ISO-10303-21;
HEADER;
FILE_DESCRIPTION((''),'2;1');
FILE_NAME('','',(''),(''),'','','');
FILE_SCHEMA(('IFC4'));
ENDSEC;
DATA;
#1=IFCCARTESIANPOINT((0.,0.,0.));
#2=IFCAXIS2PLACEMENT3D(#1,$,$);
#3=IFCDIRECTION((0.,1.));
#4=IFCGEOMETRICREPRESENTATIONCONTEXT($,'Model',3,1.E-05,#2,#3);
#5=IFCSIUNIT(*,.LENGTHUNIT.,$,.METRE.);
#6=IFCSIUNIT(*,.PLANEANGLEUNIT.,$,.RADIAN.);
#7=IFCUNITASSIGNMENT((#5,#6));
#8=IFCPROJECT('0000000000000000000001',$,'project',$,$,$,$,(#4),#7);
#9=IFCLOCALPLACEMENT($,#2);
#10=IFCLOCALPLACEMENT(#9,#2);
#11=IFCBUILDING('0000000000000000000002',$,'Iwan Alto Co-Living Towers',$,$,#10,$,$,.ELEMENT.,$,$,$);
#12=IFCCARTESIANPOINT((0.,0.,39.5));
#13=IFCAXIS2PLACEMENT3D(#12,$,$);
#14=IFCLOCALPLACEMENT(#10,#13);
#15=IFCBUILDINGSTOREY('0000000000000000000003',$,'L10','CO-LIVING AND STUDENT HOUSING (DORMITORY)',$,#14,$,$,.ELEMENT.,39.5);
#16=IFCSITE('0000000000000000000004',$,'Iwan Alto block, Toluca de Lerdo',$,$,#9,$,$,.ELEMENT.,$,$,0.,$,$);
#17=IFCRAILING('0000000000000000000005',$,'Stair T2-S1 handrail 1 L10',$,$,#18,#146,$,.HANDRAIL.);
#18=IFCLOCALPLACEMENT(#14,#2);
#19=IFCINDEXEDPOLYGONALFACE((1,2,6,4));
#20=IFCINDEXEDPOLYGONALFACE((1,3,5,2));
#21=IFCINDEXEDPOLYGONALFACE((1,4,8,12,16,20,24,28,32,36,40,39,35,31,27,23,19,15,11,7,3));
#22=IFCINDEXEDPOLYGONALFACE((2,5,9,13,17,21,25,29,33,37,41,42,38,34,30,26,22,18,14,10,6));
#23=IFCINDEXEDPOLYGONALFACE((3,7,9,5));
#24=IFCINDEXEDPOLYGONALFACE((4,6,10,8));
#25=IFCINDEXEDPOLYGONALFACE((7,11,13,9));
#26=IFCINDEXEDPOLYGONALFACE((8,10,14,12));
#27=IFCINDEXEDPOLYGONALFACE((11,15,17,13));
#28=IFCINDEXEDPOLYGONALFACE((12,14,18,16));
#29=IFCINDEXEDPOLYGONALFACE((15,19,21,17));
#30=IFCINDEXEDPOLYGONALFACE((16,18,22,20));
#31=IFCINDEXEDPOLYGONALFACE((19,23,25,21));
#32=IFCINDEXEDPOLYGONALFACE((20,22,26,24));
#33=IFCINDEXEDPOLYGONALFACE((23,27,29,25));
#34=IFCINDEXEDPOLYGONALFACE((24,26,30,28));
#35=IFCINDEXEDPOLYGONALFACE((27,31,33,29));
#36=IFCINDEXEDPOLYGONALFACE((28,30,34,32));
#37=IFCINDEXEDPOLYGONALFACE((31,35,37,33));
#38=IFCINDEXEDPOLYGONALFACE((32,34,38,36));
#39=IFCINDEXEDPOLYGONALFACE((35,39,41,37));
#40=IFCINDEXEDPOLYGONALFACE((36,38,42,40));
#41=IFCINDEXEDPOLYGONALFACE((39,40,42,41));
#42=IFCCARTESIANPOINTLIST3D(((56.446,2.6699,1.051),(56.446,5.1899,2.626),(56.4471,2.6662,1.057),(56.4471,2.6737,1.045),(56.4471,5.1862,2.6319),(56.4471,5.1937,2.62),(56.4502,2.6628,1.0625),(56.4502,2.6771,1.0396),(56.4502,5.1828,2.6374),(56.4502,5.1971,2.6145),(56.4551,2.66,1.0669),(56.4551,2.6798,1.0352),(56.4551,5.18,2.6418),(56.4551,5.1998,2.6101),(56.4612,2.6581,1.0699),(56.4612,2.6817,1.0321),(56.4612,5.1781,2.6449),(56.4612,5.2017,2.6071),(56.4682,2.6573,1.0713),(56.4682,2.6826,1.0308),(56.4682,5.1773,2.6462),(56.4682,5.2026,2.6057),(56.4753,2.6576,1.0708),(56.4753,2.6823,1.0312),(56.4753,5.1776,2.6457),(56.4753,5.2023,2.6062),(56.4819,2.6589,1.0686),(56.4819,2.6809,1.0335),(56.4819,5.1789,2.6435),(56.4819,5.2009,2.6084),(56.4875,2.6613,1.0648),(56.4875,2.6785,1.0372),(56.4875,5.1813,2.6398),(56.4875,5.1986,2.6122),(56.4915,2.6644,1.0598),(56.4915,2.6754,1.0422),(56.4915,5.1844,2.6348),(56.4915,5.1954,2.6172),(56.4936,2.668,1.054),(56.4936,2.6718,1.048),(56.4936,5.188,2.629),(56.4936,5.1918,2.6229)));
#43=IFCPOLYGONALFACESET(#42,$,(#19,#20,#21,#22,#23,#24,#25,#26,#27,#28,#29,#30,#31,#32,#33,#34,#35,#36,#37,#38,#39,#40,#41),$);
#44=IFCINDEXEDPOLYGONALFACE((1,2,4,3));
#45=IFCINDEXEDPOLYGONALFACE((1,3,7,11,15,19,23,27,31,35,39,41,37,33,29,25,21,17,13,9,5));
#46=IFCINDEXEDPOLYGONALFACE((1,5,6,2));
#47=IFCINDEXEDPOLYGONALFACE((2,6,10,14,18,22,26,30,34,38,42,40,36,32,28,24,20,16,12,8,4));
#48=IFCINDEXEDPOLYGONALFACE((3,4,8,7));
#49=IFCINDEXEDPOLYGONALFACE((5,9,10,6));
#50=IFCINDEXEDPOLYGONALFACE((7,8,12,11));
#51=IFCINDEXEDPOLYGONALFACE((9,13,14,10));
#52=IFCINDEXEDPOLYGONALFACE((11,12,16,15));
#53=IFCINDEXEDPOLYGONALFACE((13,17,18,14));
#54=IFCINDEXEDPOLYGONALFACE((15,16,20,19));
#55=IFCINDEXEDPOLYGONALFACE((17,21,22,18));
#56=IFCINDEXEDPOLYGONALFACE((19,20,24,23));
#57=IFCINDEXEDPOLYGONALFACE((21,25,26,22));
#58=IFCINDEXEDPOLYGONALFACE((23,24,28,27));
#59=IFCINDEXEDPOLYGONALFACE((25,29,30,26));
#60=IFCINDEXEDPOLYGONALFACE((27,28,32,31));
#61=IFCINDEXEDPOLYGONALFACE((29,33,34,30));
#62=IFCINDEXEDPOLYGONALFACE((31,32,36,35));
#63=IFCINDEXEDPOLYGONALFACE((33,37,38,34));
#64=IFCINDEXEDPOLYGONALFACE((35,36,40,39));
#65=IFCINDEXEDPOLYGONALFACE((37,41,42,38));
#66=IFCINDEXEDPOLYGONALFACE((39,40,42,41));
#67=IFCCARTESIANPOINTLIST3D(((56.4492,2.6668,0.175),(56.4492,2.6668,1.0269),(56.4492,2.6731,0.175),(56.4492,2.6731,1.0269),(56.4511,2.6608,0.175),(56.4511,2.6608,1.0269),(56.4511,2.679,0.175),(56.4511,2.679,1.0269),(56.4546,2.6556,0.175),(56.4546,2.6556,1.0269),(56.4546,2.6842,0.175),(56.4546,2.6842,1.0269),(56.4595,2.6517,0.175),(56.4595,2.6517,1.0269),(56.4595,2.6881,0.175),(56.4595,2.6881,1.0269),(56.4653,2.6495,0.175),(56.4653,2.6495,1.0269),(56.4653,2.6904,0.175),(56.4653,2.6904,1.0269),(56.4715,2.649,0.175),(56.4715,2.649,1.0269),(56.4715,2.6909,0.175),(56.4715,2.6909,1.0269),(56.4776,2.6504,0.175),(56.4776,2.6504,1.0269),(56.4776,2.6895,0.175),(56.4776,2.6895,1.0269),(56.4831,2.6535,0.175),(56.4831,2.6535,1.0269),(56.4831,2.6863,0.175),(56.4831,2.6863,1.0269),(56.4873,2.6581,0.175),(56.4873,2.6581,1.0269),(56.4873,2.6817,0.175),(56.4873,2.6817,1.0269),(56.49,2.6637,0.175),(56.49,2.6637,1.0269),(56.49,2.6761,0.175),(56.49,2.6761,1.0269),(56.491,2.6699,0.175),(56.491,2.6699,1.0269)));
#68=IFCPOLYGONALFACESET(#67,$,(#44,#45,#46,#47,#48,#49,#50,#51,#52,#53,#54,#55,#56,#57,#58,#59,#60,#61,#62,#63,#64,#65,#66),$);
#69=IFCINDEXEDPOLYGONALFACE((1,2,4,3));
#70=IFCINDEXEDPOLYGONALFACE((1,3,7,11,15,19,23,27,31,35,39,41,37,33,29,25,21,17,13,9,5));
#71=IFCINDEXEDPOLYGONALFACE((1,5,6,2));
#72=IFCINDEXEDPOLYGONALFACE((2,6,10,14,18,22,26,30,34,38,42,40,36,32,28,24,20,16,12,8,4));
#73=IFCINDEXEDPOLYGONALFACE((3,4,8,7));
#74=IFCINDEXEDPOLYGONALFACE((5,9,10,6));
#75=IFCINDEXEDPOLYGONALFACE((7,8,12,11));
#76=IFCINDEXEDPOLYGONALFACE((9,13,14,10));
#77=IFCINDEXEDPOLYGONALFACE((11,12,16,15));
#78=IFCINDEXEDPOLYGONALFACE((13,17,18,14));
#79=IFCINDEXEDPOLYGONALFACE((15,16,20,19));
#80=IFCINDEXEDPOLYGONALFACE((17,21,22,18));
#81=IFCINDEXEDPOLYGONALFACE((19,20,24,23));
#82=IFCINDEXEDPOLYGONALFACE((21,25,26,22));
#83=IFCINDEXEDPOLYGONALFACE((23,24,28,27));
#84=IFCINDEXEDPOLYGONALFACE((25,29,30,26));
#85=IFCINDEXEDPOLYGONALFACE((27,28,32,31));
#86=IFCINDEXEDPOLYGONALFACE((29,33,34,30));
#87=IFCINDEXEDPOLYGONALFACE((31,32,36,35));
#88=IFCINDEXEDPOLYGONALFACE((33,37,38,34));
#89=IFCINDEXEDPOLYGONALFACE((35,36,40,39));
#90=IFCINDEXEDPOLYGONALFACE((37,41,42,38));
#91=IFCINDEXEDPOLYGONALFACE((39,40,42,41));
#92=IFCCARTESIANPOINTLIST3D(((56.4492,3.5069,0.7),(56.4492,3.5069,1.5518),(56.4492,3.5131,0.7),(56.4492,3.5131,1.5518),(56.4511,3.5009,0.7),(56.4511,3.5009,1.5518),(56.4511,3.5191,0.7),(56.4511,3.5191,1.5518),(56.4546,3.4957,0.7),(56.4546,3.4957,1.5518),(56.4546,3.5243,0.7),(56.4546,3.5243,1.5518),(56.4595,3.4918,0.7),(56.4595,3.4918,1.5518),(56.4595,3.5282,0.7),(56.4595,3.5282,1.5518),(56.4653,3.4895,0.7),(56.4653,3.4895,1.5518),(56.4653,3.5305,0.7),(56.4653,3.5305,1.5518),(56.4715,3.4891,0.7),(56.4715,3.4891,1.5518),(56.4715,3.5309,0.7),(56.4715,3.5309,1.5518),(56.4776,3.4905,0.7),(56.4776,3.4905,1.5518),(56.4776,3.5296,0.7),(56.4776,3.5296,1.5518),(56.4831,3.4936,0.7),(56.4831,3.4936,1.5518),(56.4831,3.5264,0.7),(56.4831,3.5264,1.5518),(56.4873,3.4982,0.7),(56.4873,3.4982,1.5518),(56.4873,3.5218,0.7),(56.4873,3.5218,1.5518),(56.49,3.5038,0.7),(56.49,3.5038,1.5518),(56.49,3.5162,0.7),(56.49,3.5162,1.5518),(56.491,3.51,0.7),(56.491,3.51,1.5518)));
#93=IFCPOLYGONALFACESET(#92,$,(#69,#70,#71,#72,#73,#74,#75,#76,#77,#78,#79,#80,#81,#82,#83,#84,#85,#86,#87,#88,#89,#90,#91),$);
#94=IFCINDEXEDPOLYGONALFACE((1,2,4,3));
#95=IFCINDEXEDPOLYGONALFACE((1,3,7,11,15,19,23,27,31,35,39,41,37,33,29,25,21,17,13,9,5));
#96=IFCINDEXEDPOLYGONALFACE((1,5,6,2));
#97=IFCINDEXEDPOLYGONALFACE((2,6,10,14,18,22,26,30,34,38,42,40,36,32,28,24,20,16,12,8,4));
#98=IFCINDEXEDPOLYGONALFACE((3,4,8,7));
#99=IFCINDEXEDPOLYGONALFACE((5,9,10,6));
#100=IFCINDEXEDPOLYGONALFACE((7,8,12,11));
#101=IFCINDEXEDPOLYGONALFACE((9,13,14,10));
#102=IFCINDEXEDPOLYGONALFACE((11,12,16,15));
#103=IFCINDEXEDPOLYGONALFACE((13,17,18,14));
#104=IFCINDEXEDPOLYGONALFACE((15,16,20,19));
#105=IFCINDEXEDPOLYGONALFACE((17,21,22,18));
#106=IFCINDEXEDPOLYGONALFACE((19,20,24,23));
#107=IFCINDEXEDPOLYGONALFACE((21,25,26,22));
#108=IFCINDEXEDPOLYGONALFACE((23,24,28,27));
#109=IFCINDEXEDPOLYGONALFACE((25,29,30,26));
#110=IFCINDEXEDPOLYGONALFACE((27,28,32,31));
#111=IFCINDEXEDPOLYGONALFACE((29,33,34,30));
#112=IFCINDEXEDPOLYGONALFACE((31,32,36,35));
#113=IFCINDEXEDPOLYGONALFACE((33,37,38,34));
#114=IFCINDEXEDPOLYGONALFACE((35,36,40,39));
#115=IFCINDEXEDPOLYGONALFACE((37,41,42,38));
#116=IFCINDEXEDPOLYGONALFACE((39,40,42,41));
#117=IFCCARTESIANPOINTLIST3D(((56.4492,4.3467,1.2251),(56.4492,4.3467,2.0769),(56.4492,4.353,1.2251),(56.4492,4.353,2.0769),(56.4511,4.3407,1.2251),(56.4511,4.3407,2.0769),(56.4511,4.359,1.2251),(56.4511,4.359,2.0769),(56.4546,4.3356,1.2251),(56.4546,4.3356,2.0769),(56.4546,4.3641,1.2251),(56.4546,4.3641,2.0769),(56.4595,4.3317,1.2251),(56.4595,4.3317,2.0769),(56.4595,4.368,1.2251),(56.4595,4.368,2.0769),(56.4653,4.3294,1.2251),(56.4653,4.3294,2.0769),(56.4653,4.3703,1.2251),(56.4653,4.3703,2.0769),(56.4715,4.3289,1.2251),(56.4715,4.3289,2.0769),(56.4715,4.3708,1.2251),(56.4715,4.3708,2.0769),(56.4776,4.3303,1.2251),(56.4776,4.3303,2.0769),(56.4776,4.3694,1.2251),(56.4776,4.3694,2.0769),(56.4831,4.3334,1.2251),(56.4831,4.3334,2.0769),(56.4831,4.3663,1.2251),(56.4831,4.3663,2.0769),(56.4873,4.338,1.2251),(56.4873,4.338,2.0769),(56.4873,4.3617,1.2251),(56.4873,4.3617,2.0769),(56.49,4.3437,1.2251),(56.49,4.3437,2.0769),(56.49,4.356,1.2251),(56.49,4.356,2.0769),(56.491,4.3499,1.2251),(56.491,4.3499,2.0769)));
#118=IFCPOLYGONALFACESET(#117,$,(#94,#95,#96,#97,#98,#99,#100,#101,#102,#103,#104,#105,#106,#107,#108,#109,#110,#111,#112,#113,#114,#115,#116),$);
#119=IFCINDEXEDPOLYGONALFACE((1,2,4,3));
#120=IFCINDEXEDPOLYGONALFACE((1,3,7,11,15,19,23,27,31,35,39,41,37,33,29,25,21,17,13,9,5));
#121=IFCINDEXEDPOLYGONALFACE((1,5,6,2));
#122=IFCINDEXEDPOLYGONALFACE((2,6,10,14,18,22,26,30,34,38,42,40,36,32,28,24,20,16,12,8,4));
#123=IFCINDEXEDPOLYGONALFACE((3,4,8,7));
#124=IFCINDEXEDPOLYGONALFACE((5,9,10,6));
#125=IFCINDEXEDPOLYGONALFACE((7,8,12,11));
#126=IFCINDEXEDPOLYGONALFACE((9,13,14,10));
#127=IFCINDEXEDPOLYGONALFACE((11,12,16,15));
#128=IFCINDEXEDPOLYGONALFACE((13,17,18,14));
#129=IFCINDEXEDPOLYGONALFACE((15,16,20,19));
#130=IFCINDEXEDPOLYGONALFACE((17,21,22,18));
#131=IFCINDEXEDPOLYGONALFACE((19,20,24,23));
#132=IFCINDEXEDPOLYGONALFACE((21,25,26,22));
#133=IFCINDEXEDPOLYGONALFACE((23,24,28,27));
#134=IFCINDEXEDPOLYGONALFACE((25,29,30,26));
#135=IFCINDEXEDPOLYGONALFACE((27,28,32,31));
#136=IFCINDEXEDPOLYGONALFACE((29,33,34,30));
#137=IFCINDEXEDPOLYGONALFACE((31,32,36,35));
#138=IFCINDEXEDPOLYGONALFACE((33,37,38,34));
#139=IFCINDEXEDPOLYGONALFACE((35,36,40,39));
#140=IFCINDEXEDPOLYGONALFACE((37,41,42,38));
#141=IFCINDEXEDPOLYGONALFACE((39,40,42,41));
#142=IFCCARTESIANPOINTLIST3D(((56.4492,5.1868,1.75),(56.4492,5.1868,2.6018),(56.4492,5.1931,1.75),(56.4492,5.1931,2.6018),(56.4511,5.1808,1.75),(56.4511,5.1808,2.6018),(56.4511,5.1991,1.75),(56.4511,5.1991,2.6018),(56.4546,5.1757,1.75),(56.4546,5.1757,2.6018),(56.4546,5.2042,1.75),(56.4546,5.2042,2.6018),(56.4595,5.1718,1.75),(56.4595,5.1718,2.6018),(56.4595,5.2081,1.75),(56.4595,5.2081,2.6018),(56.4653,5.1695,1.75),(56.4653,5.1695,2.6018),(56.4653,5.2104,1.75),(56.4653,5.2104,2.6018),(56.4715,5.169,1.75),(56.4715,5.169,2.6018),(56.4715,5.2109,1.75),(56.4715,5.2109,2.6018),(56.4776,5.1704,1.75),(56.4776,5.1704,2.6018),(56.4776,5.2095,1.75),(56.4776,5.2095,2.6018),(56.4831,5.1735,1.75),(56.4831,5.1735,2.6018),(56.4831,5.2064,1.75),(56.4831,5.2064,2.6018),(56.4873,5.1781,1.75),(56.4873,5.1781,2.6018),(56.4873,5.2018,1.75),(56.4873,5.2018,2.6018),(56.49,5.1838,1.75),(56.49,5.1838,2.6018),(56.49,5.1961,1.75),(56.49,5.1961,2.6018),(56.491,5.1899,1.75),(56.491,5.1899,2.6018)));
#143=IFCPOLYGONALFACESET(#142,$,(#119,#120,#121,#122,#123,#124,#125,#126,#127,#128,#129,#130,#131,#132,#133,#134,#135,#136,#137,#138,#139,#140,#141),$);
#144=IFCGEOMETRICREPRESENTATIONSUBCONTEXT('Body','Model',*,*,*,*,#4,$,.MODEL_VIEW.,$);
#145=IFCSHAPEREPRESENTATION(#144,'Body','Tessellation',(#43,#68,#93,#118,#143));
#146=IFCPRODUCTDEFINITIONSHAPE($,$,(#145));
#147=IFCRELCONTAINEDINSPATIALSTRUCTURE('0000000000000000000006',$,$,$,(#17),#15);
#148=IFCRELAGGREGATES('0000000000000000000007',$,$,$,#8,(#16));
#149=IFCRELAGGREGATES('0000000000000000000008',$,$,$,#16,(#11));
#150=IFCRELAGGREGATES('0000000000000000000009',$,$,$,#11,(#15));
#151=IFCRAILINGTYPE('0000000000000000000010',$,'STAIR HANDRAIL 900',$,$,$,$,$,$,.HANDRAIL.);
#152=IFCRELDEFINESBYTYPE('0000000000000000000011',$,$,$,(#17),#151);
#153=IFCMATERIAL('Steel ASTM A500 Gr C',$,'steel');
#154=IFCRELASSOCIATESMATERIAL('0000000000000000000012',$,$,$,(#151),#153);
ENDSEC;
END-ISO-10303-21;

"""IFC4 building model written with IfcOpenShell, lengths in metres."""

from ifc_helpers import new_model, si_unit, direction, frame, origin, origin_2d, place, context, subcontext, project, spatial, circle, extrude, material, type_object, element, save


model = new_model("IFC4")

# Units and contexts
model_context = context("Model", 3, precision=1e-05, world=origin(), true_north=direction((0.0, 1.0)))
body_context = subcontext(model_context, "Body", "Model", "MODEL_VIEW")
ifc_project = project(units=[si_unit("LENGTHUNIT", "METRE"), si_unit("PLANEANGLEUNIT", "RADIAN")], contexts=[model_context])

# Site, building, storey
site_placement = place(None, origin())
site = spatial("IfcSite", under=ifc_project, at=site_placement, Name="Iwan Alto block, Toluca de Lerdo", CompositionType="ELEMENT", RefElevation=0.0)
building_placement = place(site_placement, origin())
building = spatial("IfcBuilding", under=site, at=building_placement, Name="Iwan Alto Co-Living Towers", CompositionType="ELEMENT")
storey_placement = place(building_placement, frame((0.0, 0.0, 39.5)))
storey = spatial("IfcBuildingStorey", under=building, at=storey_placement, Name="L10", Description="CO-LIVING AND STUDENT HOUSING (DORMITORY)", CompositionType="ELEMENT", Elevation=39.5)

# Railing
ifc_material_1 = material(Name="Steel ASTM A500 Gr C", Category="steel")
railing_type_1 = type_object("IfcRailingType", Name="STAIR HANDRAIL 900", PredefinedType="HANDRAIL", material=ifc_material_1)
railing_1_placement = place(storey_placement, frame((56.47, 2.6699, 0.175)))
element("IfcRailing", 1, at=railing_1_placement, inside=storey, type_object=railing_type_1, Name="Stair T2-S1 handrail 1 L10", PredefinedType="HANDRAIL", context=body_context, shape_type="SweptSolid", body=[
    extrude(circle(Radius=0.0239, at=origin_2d()), frame((0.0, 0.0, 0.876), z_axis=(0.0, 0.848008, 0.529984), x_axis=(-1.0, 0.0, 0.0)), (0.0, 0.0, 1.0), 2.9717),
    extrude(circle(Radius=0.021, at=origin_2d()), origin(), (0.0, 0.0, 1.0), 0.8518),
    extrude(circle(Radius=0.021, at=origin_2d()), frame((0.0, 0.8401, 0.5249)), (0.0, 0.0, 1.0), 0.8518),
    extrude(circle(Radius=0.021, at=origin_2d()), frame((0.0, 1.6799, 1.05)), (0.0, 0.0, 1.0), 0.8518),
    extrude(circle(Radius=0.021, at=origin_2d()), frame((0.0, 2.52, 1.575)), (0.0, 0.0, 1.0), 0.8518),
])

save(model, "model.ifc")
